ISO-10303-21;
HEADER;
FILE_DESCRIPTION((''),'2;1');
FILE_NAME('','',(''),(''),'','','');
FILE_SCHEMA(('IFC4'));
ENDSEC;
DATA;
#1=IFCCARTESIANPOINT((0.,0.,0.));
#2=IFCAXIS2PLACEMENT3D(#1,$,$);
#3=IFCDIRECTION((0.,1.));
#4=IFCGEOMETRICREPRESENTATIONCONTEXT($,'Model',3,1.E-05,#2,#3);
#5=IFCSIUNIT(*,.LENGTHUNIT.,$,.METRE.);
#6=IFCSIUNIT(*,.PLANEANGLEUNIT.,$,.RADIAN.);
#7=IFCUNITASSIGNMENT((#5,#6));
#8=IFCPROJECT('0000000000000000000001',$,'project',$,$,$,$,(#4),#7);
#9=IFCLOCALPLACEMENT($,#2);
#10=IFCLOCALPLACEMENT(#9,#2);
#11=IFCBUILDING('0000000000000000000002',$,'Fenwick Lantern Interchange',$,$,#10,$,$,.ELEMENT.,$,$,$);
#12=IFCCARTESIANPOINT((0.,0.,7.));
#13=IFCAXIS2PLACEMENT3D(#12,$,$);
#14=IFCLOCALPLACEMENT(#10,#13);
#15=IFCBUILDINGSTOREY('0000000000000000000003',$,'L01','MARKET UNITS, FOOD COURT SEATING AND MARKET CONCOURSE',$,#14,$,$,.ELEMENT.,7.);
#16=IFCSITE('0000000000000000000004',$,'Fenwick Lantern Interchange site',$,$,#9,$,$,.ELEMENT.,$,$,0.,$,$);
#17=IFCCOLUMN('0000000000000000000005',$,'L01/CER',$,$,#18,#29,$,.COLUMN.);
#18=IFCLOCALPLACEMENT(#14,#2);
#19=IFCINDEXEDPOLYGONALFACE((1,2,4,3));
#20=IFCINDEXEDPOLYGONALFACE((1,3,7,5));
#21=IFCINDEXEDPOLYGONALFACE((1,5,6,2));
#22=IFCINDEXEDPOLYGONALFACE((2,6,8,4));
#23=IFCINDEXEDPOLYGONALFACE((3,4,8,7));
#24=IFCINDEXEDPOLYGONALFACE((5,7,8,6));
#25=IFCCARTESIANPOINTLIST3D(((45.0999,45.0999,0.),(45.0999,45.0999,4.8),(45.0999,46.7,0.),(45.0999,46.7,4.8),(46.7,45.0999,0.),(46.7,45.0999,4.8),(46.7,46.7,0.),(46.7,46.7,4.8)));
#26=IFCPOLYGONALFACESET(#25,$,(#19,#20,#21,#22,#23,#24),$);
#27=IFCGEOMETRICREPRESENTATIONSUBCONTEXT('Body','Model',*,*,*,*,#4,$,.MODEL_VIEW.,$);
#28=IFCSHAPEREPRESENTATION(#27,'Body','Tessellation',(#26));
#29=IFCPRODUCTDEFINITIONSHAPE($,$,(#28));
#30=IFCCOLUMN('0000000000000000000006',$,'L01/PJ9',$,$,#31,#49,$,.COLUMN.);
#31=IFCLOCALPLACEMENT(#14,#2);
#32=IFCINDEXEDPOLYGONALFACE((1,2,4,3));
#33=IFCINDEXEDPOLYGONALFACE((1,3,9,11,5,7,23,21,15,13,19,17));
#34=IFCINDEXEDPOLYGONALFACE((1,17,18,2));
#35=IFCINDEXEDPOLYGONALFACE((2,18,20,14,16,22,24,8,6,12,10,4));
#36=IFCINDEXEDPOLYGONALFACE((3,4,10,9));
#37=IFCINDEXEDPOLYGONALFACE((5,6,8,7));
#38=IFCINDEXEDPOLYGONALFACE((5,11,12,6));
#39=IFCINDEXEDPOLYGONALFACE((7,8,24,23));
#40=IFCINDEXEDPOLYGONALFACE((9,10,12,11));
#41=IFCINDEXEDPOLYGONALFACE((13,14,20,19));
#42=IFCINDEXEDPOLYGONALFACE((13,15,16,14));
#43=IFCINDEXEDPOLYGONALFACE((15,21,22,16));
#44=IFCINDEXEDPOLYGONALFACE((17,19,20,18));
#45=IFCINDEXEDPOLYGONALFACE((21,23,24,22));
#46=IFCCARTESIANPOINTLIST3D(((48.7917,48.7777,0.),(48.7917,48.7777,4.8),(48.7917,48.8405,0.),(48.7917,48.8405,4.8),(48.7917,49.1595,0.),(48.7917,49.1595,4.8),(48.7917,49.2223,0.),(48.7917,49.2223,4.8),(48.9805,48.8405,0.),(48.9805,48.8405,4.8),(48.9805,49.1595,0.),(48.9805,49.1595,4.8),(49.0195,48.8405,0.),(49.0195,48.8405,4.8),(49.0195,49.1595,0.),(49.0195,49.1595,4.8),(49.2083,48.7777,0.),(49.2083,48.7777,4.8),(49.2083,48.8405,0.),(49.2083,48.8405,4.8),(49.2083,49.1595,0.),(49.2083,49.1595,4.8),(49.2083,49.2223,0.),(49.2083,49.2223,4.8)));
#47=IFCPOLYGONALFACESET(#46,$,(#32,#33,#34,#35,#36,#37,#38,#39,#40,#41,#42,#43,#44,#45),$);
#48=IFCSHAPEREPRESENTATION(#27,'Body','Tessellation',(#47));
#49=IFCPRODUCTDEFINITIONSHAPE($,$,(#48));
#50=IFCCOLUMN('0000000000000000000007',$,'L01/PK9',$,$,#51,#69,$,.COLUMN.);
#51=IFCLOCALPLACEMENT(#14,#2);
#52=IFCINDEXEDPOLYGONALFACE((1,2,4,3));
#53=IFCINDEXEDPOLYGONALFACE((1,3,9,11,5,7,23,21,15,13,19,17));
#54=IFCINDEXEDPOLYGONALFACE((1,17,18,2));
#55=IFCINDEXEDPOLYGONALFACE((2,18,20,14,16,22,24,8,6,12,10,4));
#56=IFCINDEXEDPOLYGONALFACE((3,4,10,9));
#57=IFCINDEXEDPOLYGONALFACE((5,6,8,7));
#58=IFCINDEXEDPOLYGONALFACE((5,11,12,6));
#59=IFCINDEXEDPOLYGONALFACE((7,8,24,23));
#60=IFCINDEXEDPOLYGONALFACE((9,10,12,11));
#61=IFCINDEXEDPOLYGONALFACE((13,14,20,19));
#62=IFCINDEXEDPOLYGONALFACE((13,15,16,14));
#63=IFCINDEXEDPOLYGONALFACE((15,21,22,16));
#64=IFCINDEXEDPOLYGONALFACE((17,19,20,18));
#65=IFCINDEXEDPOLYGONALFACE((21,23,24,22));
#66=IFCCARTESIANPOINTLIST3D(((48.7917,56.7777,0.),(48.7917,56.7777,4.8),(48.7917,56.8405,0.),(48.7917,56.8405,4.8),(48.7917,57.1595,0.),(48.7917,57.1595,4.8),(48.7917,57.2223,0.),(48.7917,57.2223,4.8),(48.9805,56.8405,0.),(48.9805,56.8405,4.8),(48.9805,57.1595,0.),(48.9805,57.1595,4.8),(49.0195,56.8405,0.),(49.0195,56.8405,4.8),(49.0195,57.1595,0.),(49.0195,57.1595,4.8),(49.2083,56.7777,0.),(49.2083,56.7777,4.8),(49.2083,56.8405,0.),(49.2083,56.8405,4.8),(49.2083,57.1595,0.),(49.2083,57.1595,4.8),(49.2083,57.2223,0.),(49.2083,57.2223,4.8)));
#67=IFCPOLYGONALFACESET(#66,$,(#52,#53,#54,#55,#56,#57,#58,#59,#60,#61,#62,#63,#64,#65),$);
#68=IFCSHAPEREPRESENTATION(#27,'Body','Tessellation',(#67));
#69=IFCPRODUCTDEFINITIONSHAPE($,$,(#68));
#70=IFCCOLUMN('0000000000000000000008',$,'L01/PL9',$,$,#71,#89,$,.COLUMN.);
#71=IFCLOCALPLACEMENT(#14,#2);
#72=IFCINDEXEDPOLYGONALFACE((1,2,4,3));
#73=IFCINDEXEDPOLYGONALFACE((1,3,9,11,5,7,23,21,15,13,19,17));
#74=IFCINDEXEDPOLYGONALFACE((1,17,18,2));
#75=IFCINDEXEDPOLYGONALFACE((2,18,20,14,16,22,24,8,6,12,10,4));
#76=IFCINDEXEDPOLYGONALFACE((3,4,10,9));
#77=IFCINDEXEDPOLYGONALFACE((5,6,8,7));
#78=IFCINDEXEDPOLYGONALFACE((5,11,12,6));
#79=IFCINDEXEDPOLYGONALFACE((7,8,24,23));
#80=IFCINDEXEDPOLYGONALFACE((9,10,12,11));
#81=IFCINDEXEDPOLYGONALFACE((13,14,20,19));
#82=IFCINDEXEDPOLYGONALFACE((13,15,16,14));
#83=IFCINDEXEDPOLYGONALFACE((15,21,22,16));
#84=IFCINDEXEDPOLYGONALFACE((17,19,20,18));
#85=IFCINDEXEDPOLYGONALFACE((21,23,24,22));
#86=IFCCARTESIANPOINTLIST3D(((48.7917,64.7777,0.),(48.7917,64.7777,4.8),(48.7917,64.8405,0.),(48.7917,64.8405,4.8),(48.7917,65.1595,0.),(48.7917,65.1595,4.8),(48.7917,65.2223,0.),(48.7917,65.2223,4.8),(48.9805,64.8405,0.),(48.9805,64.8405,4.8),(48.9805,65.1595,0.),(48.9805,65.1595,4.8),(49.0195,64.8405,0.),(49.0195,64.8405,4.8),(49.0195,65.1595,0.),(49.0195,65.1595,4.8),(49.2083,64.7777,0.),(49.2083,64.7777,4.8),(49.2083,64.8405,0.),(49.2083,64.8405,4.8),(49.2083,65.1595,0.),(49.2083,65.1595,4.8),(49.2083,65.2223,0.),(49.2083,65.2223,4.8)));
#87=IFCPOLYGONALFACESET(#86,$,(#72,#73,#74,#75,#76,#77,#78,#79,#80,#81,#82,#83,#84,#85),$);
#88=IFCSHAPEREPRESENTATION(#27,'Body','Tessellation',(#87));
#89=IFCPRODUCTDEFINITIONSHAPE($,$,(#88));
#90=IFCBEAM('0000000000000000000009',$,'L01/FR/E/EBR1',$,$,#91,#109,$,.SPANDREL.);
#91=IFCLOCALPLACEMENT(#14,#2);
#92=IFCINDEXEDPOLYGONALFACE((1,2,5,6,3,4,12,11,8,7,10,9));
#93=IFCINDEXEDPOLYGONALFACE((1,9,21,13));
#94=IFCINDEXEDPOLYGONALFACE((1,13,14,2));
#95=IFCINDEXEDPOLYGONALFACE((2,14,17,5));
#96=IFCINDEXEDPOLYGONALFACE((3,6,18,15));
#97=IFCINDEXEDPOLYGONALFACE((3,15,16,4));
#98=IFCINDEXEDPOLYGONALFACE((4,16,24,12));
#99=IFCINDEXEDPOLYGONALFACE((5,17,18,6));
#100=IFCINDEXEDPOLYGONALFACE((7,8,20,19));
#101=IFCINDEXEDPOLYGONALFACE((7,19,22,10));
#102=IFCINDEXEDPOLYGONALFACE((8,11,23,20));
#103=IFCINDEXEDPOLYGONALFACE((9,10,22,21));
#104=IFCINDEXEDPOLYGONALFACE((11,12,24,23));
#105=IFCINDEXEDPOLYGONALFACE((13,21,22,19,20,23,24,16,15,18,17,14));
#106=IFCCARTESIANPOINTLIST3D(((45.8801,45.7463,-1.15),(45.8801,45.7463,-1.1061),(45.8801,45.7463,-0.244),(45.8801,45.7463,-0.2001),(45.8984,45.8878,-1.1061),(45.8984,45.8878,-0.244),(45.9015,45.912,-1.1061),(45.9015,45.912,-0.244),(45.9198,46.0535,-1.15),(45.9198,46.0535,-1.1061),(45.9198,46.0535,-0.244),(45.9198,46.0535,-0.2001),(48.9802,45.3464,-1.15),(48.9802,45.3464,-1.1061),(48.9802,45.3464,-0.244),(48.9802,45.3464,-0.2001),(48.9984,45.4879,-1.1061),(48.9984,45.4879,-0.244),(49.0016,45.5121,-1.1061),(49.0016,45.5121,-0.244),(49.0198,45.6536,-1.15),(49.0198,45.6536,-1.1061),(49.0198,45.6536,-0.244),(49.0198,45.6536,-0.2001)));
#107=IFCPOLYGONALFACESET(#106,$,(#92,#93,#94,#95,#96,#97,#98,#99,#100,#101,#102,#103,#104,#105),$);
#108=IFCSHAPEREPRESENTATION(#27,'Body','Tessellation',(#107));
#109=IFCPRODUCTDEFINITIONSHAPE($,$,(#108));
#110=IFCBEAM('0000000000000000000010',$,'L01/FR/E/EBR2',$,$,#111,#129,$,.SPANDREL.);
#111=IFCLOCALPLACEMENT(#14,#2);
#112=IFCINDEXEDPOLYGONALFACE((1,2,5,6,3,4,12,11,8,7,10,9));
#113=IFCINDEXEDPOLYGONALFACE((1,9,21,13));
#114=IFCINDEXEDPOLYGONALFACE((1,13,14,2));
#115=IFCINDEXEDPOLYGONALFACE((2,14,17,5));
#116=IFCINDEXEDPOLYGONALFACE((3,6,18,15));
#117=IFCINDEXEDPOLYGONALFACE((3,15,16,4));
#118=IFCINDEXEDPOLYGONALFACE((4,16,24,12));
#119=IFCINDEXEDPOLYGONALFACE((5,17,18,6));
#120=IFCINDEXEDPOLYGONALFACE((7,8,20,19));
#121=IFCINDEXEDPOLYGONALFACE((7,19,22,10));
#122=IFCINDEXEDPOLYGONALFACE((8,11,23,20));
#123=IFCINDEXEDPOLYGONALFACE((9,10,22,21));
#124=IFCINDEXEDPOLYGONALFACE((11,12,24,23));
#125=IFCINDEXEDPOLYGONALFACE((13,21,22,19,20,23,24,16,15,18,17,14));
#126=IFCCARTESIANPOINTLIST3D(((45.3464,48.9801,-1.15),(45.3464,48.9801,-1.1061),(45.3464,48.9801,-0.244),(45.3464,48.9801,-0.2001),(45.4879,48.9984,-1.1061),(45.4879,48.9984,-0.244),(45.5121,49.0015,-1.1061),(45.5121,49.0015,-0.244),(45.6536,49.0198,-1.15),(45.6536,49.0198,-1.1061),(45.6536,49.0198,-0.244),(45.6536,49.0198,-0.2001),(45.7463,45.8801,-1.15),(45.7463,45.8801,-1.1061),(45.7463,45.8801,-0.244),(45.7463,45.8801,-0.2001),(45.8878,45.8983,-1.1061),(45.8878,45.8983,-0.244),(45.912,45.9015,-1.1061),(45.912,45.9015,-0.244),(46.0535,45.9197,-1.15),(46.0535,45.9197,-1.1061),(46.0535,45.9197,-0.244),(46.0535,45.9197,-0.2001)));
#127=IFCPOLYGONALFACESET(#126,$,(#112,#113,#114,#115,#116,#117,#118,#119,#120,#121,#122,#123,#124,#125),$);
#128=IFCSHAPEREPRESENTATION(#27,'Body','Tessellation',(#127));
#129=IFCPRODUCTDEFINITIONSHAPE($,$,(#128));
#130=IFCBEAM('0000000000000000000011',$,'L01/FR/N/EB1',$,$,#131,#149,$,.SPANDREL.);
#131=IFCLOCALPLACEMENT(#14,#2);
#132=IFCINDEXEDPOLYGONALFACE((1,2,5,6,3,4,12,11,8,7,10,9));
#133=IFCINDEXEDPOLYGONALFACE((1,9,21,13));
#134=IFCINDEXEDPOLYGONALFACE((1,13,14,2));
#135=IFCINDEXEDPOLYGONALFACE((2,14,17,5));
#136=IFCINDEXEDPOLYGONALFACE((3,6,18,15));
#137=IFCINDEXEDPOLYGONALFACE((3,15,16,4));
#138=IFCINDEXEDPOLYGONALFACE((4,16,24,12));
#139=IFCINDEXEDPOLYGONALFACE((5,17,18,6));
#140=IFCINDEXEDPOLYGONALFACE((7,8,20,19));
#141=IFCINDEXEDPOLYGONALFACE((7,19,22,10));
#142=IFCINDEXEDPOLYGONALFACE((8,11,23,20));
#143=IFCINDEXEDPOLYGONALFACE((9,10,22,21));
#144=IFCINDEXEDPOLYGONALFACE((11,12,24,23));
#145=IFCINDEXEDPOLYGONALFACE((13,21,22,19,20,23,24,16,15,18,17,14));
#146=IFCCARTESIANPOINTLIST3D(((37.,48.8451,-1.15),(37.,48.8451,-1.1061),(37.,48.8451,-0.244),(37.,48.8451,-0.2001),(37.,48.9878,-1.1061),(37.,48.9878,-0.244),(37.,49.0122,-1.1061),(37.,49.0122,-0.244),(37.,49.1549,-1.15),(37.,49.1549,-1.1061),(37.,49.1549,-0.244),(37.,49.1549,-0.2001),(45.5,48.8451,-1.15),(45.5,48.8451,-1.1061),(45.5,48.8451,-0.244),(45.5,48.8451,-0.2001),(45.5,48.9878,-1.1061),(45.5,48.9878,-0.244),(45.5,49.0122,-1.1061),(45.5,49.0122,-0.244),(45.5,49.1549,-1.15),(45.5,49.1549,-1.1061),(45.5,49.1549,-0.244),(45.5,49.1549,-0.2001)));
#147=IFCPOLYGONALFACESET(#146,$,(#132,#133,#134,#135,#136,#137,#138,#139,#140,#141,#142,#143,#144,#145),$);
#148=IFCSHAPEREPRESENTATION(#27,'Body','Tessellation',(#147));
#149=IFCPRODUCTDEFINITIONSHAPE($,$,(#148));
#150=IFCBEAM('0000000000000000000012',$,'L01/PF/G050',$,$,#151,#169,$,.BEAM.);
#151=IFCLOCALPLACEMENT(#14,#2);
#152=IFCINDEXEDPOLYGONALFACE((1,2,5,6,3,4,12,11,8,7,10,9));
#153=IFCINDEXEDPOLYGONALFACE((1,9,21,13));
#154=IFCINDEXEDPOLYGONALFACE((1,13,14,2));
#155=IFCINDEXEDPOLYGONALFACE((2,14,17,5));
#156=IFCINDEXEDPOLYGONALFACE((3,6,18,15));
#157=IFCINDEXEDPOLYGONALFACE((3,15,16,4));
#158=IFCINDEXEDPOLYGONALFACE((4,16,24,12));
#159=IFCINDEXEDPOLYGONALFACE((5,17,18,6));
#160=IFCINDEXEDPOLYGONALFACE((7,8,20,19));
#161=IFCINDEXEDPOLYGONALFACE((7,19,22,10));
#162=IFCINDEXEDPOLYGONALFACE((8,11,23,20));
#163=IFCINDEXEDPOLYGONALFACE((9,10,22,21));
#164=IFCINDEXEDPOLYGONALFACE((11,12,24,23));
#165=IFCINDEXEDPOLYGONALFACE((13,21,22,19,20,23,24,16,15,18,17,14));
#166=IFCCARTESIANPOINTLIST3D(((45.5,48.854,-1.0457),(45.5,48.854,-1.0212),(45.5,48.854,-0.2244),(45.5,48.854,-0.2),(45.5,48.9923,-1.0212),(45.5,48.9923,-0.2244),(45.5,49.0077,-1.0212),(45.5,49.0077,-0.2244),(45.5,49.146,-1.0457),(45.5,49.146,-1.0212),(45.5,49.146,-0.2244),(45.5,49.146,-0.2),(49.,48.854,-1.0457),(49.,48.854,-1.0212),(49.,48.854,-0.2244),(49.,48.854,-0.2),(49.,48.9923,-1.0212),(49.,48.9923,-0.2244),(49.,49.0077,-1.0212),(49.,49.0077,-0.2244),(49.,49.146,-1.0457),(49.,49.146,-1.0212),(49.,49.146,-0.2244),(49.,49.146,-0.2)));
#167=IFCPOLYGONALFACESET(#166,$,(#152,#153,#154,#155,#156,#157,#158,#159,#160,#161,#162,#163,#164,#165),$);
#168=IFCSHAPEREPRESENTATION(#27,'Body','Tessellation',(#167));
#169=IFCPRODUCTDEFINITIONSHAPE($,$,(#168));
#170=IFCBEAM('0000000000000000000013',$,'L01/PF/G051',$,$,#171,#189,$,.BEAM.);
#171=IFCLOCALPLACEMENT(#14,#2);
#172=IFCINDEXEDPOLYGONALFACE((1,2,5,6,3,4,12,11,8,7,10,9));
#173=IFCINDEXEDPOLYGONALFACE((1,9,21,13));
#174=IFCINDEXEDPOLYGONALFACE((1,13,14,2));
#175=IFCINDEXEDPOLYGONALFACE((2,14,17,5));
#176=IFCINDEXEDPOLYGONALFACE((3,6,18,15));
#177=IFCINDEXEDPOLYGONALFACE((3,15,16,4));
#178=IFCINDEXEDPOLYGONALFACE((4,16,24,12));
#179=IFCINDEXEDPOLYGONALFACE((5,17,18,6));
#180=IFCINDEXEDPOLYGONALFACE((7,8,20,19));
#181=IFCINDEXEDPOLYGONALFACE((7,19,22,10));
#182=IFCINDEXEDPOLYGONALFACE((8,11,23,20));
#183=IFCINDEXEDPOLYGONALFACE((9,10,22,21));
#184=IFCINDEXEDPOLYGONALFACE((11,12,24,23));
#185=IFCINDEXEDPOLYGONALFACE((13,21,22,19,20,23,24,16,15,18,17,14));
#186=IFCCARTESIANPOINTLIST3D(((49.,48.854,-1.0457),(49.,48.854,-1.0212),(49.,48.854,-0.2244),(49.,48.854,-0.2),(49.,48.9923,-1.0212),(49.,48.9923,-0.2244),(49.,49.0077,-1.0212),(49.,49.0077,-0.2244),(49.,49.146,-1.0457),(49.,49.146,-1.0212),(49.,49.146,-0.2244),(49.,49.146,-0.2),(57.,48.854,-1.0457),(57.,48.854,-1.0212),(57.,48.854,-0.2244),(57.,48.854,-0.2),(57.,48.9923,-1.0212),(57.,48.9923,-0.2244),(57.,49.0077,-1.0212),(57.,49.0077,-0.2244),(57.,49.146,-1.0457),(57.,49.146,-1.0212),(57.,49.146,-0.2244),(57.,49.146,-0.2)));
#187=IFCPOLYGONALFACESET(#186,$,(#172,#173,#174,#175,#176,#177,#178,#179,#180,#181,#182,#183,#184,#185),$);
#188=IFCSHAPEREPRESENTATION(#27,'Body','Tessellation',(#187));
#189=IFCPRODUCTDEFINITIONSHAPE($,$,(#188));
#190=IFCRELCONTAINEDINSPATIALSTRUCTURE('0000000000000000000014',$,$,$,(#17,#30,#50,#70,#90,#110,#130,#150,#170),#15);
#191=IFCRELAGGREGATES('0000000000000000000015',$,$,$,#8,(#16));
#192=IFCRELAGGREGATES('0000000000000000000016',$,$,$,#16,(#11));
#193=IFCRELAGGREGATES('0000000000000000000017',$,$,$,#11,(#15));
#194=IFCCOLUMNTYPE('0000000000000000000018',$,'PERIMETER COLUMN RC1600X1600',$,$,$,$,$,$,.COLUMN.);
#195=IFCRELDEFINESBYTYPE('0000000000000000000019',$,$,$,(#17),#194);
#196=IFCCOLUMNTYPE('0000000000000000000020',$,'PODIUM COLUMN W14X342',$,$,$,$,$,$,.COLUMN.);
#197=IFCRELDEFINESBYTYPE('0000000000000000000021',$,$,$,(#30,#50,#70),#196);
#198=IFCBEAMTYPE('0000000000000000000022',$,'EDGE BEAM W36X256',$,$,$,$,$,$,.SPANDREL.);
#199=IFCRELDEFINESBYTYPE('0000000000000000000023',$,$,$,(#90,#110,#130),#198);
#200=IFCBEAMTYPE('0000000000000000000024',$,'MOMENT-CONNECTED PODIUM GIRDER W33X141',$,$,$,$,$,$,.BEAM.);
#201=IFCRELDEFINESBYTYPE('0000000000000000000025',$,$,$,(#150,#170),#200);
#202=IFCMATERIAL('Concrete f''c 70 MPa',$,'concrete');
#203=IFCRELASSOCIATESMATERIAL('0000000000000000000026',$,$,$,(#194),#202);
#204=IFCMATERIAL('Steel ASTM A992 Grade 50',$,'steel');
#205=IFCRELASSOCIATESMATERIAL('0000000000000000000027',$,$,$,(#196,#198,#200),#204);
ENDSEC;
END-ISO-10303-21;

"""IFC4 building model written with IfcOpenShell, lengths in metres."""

from ifc_helpers import new_model, si_unit, direction, frame, origin, origin_2d, place, context, subcontext, project, spatial, rectangle, i_section, extrude, material, material_profile, profile_set, type_object, element, save


model = new_model("IFC4")

# Units and contexts
model_context = context("Model", 3, precision=1e-05, world=origin(), true_north=direction((0.0, 1.0)))
body_context = subcontext(model_context, "Body", "Model", "MODEL_VIEW")
ifc_project = project(units=[si_unit("LENGTHUNIT", "METRE"), si_unit("PLANEANGLEUNIT", "RADIAN")], contexts=[model_context])

# Site, building, storey
site_placement = place(None, origin())
site = spatial("IfcSite", under=ifc_project, at=site_placement, Name="Fenwick Lantern Interchange site", CompositionType="ELEMENT", RefElevation=0.0)
building_placement = place(site_placement, origin())
building = spatial("IfcBuilding", under=site, at=building_placement, Name="Fenwick Lantern Interchange", CompositionType="ELEMENT")
storey_placement = place(building_placement, frame((0.0, 0.0, 7.0)))
storey = spatial("IfcBuildingStorey", under=building, at=storey_placement, Name="L01", Description="MARKET UNITS, FOOD COURT SEATING AND MARKET CONCOURSE", CompositionType="ELEMENT", Elevation=7.0)

# Columns
ifc_material_1 = material(Name="Concrete f'c 70 MPa", Category="concrete")
ifc_material_profile_1 = material_profile(ifc_material_1, rectangle(XDim=1.6001, YDim=1.6001, at=origin_2d()), Name="RC1600X1600")
ifc_profile_set_1 = profile_set([ifc_material_profile_1], Name="Concrete f'c 70 MPa")
column_type_1 = type_object("IfcColumnType", Name="PERIMETER COLUMN RC1600X1600", PredefinedType="COLUMN", material=ifc_profile_set_1)
column_placement = place(storey_placement, frame((45.8999, 45.8999, 0.0), z_axis=(0.0, 0.0, 1.0), x_axis=(1.0, 0.0, 0.0)))
element("IfcColumn", 1, at=column_placement, inside=storey, type_object=column_type_1, Name="L01/CER", PredefinedType="COLUMN", context=body_context, shape_type="SweptSolid", body=[
    extrude(rectangle(XDim=1.6001, YDim=1.6001, at=origin_2d()), origin(), (0.0, 0.0, 1.0), 4.8),
])
ifc_material_2 = material(Name="Steel ASTM A992 Grade 50", Category="steel")
ifc_material_profile_2 = material_profile(ifc_material_2, i_section(OverallWidth=0.4165, OverallDepth=0.4446, WebThickness=0.0391, FlangeThickness=0.0627, at=origin_2d()), Name="W14X342")
ifc_profile_set_2 = profile_set([ifc_material_profile_2], Name="Steel ASTM A992 Grade 50")
column_type_2 = type_object("IfcColumnType", Name="PODIUM COLUMN W14X342", PredefinedType="COLUMN", material=ifc_profile_set_2)
for number, where, z_axis, x_axis, name in (
    (2, (49.0, 49.0, 0.0), (0.0, 0.0, 1.0), (1.0, 0.0, 0.0), "L01/PJ9"),
    (3, (49.0, 57.0, 0.0), (0.0, 0.0, 1.0), (1.0, 0.0, 0.0), "L01/PK9"),
    (4, (49.0, 65.0, 0.0), (0.0, 0.0, 1.0), (1.0, 0.0, 0.0), "L01/PL9"),
):
    element("IfcColumn", number, at=place(storey_placement, frame(where, z_axis=z_axis, x_axis=x_axis)), inside=storey, type_object=column_type_2, Name=name, PredefinedType="COLUMN", context=body_context, shape_type="SweptSolid", body=[
        extrude(i_section(OverallWidth=0.4165, OverallDepth=0.4446, WebThickness=0.0391, FlangeThickness=0.0627, at=origin_2d()), origin(), (0.0, 0.0, 1.0), 4.8),
    ])

# Beams
ifc_material_profile_3 = material_profile(ifc_material_2, i_section(OverallWidth=0.3098, OverallDepth=0.95, WebThickness=0.0244, FlangeThickness=0.0439, at=origin_2d()), Name="W36X256")
ifc_profile_set_3 = profile_set([ifc_material_profile_3], Name="Steel ASTM A992 Grade 50")
beam_type_1 = type_object("IfcBeamType", Name="EDGE BEAM W36X256", PredefinedType="SPANDREL", material=ifc_profile_set_3)
for number, where, z_axis, x_axis, name in (
    (5, (49.0, 45.5, -0.675), (-0.991782, 0.127937, 0.0), (-0.127937, -0.991782, 0.0), "L01/FR/E/EBR1"),
    (6, (45.8999, 45.8999, -0.675), (-0.127937, 0.991782, 0.0), (-0.991782, -0.127937, 0.0), "L01/FR/E/EBR2"),
):
    element("IfcBeam", number, at=place(storey_placement, frame(where, z_axis=z_axis, x_axis=x_axis)), inside=storey, type_object=beam_type_1, Name=name, PredefinedType="SPANDREL", context=body_context, shape_type="SweptSolid", body=[
        extrude(i_section(OverallWidth=0.3098, OverallDepth=0.95, WebThickness=0.0244, FlangeThickness=0.0439, at=origin_2d()), origin(), (0.0, 0.0, 1.0), 3.1257),
    ])
beam_1_placement = place(storey_placement, frame((45.5, 49.0, -0.675), z_axis=(-1.0, 0.0, 0.0), x_axis=(0.0, -1.0, 0.0)))
element("IfcBeam", 7, at=beam_1_placement, inside=storey, type_object=beam_type_1, Name="L01/FR/N/EB1", PredefinedType="SPANDREL", context=body_context, shape_type="SweptSolid", body=[
    extrude(i_section(OverallWidth=0.3098, OverallDepth=0.95, WebThickness=0.0244, FlangeThickness=0.0439, at=origin_2d()), origin(), (0.0, 0.0, 1.0), 8.5),
])
ifc_material_profile_4 = material_profile(ifc_material_2, i_section(OverallWidth=0.292, OverallDepth=0.8457, WebThickness=0.0154, FlangeThickness=0.0244, at=origin_2d()), Name="W33X141")
ifc_profile_set_4 = profile_set([ifc_material_profile_4], Name="Steel ASTM A992 Grade 50")
beam_type_2 = type_object("IfcBeamType", Name="MOMENT-CONNECTED PODIUM GIRDER W33X141", PredefinedType="BEAM", material=ifc_profile_set_4)
beam_2_placement = place(storey_placement, frame((45.5, 49.0, -0.6228), z_axis=(1.0, 0.0, 0.0), x_axis=(0.0, 1.0, 0.0)))
element("IfcBeam", 8, at=beam_2_placement, inside=storey, type_object=beam_type_2, Name="L01/PF/G050", PredefinedType="BEAM", context=body_context, shape_type="SweptSolid", body=[
    extrude(i_section(OverallWidth=0.292, OverallDepth=0.8457, WebThickness=0.0154, FlangeThickness=0.0244, at=origin_2d()), origin(), (0.0, 0.0, 1.0), 3.5),
])
for number, where, z_axis, x_axis, name in (
    (9, (49.0, 49.0, -0.6228), (1.0, 0.0, 0.0), (0.0, 1.0, 0.0), "L01/PF/G051"),
):
    element("IfcBeam", number, at=place(storey_placement, frame(where, z_axis=z_axis, x_axis=x_axis)), inside=storey, type_object=beam_type_2, Name=name, PredefinedType="BEAM", context=body_context, shape_type="SweptSolid", body=[
        extrude(i_section(OverallWidth=0.292, OverallDepth=0.8457, WebThickness=0.0154, FlangeThickness=0.0244, at=origin_2d()), origin(), (0.0, 0.0, 1.0), 8.0),
    ])

save(model, "model.ifc")
